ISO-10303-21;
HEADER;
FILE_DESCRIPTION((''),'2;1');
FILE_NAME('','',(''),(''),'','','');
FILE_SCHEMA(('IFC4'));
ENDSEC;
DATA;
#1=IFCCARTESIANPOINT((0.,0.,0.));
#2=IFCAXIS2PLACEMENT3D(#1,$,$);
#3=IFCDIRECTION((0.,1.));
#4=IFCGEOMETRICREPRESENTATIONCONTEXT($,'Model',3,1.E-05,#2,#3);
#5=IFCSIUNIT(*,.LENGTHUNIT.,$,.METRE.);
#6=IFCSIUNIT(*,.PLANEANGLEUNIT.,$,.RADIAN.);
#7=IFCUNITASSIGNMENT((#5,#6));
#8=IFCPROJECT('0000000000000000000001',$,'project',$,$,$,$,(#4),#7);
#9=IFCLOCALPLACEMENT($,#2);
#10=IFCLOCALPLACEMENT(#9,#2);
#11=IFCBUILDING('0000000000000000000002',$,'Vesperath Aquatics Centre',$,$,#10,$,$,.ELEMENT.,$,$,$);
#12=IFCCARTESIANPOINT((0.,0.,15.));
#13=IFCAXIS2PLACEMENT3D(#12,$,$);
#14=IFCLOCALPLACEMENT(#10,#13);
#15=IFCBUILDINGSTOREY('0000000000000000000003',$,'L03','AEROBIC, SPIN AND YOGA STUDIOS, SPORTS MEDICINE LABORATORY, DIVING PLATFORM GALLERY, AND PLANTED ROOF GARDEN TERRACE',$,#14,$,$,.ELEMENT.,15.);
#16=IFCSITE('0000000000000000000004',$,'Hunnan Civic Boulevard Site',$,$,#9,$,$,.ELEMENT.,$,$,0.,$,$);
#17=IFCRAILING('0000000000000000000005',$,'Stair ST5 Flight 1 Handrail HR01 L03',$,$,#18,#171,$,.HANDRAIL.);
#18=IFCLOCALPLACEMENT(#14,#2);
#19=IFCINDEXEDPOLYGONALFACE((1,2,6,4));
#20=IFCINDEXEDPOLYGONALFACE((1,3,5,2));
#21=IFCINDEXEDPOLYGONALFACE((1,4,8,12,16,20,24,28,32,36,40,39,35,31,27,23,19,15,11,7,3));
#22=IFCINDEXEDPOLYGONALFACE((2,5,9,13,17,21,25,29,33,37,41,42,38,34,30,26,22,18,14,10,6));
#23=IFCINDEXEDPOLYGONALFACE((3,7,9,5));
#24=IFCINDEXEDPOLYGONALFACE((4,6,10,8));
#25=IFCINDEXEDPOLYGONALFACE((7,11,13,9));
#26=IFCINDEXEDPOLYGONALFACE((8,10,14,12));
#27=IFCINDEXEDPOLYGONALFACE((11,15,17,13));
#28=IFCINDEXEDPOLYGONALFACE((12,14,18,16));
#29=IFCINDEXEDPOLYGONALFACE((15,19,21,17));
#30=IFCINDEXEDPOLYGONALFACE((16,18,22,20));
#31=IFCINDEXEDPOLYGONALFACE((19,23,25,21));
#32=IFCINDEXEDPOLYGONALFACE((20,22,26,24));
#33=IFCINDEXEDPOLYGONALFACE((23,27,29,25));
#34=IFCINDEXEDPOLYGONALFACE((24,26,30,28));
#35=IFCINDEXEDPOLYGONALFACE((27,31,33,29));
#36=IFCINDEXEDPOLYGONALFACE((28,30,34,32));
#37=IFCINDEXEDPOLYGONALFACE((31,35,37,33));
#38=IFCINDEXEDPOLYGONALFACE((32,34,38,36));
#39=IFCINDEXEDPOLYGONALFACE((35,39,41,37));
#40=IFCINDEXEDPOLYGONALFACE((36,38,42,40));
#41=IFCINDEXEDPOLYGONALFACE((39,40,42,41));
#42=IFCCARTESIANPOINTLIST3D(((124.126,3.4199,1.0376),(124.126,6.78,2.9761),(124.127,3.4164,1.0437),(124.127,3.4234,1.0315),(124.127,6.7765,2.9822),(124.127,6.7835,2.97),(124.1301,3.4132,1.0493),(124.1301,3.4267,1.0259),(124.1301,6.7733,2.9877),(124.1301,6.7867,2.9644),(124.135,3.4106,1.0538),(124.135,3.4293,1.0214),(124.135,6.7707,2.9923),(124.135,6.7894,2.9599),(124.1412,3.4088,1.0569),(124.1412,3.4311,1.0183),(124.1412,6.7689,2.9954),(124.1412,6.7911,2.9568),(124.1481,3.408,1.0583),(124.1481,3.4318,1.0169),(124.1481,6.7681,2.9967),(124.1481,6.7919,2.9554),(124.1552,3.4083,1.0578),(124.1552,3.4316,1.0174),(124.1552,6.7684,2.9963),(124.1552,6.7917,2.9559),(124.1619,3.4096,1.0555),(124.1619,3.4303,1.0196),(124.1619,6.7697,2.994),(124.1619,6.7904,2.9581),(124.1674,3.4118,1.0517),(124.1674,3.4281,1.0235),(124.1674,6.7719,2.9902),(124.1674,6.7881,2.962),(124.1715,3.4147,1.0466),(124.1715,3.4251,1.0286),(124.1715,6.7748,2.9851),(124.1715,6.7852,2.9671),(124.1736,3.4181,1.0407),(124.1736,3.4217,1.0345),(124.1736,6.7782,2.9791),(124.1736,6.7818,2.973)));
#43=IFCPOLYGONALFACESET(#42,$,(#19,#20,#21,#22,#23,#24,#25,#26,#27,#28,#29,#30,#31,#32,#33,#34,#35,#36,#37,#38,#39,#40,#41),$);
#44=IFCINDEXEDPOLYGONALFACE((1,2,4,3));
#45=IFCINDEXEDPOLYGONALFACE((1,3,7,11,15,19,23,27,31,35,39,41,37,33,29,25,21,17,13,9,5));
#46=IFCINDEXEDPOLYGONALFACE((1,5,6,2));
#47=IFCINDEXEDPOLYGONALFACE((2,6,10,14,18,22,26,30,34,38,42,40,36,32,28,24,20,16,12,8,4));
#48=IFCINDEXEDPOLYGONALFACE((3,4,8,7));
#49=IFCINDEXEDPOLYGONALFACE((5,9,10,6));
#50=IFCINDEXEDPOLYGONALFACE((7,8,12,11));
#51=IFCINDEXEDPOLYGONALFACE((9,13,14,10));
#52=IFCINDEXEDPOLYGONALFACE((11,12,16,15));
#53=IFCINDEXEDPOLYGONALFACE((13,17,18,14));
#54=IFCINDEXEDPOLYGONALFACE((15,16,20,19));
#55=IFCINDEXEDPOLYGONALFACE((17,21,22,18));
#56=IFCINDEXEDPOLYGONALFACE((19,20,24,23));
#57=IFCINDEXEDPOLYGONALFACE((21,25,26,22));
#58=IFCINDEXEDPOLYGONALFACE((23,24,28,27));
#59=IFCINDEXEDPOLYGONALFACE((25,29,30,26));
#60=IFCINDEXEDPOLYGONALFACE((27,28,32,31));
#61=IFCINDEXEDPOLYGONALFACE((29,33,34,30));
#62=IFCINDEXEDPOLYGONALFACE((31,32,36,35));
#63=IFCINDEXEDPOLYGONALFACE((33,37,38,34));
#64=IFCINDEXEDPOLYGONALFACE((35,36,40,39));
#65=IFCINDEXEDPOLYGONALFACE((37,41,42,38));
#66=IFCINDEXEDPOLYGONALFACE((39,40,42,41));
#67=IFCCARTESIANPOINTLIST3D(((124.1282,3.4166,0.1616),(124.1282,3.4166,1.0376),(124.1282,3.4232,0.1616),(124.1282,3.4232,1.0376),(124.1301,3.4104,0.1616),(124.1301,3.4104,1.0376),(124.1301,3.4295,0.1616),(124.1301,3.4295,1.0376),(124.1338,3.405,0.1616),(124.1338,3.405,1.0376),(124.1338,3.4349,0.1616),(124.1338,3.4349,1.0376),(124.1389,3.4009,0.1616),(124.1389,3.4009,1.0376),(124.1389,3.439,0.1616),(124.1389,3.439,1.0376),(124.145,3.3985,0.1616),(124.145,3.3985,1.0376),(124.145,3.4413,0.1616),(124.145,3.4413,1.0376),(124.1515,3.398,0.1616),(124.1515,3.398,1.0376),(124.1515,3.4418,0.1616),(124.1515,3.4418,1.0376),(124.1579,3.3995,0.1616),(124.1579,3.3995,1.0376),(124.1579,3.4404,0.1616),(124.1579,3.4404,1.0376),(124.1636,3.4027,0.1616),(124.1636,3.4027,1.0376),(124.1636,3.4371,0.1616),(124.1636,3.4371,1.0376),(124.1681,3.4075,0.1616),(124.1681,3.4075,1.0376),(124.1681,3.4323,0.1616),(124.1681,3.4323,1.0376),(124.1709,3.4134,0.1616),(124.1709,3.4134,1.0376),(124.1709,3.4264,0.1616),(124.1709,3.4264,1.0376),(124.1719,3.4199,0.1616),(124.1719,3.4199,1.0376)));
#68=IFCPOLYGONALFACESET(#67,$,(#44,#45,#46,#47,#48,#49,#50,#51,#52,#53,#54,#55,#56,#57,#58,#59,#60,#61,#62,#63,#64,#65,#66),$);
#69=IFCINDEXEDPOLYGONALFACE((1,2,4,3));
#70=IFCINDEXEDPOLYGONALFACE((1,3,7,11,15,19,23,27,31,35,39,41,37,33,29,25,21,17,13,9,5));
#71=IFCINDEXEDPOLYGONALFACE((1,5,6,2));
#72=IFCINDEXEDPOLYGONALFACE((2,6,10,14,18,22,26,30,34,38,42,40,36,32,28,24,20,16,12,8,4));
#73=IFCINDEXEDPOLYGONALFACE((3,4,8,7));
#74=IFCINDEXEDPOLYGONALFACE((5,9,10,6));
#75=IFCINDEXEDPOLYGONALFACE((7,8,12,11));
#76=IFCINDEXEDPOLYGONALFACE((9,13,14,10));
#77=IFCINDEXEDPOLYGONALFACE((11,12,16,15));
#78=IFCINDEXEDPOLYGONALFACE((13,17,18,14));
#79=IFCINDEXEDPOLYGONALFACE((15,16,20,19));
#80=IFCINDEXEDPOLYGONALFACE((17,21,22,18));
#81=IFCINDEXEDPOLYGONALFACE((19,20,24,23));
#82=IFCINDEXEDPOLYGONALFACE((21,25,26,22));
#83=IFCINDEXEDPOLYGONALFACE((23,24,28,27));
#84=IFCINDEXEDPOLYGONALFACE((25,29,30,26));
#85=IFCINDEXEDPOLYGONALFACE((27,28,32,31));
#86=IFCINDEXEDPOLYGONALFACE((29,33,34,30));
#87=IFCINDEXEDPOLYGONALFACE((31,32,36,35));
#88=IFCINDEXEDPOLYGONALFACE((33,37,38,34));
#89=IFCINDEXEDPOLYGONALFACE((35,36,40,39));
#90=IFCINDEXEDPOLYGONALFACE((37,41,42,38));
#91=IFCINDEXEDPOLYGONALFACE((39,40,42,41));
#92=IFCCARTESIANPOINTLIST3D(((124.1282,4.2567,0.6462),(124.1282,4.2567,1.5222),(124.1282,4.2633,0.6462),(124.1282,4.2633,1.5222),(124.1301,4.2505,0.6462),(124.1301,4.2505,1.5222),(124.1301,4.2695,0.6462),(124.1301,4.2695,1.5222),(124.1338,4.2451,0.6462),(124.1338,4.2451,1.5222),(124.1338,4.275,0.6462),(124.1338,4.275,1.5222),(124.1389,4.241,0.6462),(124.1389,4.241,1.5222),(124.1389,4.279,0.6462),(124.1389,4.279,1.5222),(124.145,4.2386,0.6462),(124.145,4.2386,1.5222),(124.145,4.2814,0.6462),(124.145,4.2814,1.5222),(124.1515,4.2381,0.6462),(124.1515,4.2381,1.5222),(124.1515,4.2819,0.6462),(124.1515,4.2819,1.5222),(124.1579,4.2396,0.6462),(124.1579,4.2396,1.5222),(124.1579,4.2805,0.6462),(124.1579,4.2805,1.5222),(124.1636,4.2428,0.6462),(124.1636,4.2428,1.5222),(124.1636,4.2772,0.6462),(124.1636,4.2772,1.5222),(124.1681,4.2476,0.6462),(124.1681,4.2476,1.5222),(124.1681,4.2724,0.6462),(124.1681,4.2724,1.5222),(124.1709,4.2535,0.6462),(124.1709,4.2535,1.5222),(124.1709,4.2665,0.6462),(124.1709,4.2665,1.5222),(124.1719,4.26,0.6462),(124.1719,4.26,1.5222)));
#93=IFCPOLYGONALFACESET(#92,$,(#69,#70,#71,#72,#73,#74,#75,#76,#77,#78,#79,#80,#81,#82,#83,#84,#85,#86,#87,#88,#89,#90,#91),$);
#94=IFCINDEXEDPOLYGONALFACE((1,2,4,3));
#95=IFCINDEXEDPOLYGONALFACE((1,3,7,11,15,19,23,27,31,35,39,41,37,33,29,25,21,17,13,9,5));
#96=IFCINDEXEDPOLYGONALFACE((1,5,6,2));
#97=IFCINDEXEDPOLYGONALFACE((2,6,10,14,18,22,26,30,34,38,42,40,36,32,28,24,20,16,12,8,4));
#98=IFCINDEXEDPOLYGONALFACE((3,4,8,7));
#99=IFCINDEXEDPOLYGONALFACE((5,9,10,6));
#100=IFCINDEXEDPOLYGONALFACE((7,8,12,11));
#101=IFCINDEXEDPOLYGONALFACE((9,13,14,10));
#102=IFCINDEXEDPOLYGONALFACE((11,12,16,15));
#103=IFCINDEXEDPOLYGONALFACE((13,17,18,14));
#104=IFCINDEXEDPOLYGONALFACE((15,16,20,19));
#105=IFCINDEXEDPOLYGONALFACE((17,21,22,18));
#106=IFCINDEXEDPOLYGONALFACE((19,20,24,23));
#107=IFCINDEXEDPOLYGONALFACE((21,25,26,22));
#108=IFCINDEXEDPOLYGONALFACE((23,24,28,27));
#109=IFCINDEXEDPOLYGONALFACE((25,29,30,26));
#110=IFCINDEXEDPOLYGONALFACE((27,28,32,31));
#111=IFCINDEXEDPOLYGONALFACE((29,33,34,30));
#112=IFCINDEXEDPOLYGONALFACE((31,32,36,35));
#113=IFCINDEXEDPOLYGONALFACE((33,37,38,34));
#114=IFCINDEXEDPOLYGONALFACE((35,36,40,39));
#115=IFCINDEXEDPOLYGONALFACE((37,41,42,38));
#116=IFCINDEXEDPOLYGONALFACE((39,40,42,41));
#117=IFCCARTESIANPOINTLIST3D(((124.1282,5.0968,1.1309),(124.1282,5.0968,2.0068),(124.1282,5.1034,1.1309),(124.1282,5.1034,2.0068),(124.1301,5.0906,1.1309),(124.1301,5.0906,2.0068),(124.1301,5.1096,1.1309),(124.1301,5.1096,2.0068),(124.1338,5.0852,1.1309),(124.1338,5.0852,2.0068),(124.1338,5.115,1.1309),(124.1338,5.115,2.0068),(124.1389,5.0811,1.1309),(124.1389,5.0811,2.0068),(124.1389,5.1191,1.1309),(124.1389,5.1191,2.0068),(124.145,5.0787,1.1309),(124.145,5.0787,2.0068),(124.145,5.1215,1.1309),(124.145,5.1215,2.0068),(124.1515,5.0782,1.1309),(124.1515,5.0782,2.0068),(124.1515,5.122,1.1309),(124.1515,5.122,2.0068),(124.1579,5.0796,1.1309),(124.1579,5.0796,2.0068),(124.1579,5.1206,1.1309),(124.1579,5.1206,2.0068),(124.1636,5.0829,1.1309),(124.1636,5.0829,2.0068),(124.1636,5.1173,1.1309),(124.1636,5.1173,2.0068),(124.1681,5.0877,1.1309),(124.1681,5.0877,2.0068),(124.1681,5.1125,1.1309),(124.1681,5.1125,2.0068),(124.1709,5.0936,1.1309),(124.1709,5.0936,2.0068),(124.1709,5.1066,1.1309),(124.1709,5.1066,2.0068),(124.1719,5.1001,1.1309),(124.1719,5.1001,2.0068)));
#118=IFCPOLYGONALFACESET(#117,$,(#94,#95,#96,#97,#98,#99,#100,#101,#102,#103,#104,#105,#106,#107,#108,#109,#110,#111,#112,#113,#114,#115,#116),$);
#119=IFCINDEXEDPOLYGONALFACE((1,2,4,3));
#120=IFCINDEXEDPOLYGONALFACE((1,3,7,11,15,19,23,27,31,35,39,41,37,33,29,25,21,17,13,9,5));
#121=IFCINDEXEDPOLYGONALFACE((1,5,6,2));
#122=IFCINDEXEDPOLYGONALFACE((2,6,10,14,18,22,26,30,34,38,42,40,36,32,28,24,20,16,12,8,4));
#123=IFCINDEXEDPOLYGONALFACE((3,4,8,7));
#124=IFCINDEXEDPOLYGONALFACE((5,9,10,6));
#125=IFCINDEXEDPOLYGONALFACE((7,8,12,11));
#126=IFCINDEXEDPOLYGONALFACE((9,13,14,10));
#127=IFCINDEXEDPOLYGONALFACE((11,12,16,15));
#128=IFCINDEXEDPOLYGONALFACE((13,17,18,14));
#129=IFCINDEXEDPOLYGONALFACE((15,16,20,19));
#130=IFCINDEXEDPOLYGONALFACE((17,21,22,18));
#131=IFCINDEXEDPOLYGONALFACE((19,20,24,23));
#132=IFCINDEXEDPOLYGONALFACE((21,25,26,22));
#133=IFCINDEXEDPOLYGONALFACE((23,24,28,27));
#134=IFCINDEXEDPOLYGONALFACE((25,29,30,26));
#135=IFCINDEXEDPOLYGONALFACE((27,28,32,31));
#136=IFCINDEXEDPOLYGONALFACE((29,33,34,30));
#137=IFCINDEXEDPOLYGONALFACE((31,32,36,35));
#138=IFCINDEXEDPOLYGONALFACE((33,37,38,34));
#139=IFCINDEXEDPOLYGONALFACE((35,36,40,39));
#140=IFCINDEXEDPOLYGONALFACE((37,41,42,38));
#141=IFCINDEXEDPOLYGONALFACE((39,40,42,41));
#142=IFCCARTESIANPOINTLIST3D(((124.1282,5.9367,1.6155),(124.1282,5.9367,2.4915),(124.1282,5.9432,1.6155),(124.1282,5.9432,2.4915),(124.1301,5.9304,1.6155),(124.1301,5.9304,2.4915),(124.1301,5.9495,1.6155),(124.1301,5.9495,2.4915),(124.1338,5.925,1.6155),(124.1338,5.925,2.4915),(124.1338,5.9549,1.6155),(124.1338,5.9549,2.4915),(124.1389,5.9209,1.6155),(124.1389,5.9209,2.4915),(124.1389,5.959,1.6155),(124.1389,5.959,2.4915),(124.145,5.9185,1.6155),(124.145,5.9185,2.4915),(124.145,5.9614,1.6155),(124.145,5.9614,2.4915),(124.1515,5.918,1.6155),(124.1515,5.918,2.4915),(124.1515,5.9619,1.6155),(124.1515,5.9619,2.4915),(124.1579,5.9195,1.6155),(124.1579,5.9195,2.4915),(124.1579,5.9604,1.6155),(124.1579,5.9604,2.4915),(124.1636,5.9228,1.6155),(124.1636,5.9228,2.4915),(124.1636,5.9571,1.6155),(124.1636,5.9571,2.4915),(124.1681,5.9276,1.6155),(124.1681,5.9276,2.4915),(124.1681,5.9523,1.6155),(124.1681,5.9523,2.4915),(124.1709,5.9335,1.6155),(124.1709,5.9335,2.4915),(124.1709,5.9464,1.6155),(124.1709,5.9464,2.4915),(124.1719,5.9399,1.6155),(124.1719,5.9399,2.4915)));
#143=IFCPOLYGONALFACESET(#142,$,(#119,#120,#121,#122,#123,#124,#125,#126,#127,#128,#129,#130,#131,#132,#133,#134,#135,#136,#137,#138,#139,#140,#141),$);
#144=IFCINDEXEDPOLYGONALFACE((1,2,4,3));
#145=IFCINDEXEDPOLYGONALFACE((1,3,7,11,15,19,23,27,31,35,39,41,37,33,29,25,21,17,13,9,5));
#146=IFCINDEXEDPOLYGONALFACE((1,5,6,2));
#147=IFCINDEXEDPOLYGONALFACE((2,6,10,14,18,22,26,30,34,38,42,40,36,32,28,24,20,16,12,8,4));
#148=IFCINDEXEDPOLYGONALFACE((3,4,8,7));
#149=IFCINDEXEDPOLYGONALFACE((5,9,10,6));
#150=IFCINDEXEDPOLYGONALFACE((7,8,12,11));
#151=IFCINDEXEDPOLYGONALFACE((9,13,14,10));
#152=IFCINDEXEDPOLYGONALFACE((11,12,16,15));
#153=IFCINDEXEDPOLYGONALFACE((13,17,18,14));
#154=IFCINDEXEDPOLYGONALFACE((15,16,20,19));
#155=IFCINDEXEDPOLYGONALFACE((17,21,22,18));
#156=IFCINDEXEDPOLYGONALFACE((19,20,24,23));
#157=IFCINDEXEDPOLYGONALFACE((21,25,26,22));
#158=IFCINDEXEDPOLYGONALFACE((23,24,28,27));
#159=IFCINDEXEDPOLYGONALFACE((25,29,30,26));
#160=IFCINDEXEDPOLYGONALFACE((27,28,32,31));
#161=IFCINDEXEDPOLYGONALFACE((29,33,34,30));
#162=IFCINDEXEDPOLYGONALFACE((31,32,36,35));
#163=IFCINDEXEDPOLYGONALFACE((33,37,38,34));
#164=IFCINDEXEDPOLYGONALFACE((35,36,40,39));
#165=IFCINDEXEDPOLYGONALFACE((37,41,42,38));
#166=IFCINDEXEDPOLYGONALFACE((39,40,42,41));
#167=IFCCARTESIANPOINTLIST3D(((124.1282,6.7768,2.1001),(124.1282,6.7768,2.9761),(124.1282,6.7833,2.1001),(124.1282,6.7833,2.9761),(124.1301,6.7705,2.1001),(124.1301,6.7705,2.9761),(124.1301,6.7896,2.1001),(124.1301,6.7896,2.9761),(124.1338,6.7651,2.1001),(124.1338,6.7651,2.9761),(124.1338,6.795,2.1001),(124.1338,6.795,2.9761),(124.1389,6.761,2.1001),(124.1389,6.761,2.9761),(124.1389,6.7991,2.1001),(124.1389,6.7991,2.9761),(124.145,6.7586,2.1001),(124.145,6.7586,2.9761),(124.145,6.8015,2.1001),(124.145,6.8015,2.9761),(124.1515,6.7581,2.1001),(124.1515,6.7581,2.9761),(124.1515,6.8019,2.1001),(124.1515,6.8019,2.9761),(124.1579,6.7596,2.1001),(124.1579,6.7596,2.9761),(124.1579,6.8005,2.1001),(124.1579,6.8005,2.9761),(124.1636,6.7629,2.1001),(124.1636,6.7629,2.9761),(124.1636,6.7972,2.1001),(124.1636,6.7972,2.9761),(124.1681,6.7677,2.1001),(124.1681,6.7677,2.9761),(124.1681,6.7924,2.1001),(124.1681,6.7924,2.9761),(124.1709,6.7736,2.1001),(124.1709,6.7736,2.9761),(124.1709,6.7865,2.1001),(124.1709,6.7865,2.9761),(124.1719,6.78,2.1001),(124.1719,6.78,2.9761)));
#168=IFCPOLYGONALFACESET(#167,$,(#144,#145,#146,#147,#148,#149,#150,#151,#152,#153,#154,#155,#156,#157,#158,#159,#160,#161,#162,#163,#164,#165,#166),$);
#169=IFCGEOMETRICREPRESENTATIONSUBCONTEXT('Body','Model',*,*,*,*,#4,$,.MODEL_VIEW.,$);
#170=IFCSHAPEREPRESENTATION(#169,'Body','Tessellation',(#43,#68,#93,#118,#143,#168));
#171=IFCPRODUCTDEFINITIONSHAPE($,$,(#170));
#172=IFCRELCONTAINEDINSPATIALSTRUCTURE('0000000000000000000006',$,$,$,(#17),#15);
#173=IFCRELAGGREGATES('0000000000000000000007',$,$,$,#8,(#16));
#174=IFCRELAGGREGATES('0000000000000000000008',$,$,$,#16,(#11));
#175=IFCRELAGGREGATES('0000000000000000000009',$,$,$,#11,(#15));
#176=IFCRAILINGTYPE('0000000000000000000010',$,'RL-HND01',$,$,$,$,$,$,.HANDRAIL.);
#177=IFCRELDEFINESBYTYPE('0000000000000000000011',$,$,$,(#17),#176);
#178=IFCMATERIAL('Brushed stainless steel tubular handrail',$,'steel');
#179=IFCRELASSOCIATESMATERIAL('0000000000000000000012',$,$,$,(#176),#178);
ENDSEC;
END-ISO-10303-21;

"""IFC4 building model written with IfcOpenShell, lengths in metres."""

from ifc_helpers import new_model, si_unit, direction, frame, origin, origin_2d, place, context, subcontext, project, spatial, circle, extrude, material, type_object, element, save


model = new_model("IFC4")

# Units and contexts
model_context = context("Model", 3, precision=1e-05, world=origin(), true_north=direction((0.0, 1.0)))
body_context = subcontext(model_context, "Body", "Model", "MODEL_VIEW")
ifc_project = project(units=[si_unit("LENGTHUNIT", "METRE"), si_unit("PLANEANGLEUNIT", "RADIAN")], contexts=[model_context])

# Site, building, storey
site_placement = place(None, origin())
site = spatial("IfcSite", under=ifc_project, at=site_placement, Name="Hunnan Civic Boulevard Site", CompositionType="ELEMENT", RefElevation=0.0)
building_placement = place(site_placement, origin())
building = spatial("IfcBuilding", under=site, at=building_placement, Name="Vesperath Aquatics Centre", CompositionType="ELEMENT")
storey_placement = place(building_placement, frame((0.0, 0.0, 15.0)))
storey = spatial("IfcBuildingStorey", under=building, at=storey_placement, Name="L03", Description="AEROBIC, SPIN AND YOGA STUDIOS, SPORTS MEDICINE LABORATORY, DIVING PLATFORM GALLERY, AND PLANTED ROOF GARDEN TERRACE", CompositionType="ELEMENT", Elevation=15.0)

# Railing
ifc_material_1 = material(Name="Brushed stainless steel tubular handrail", Category="steel")
railing_type_1 = type_object("IfcRailingType", Name="RL-HND01", PredefinedType="HANDRAIL", material=ifc_material_1)
railing_1_placement = place(storey_placement, frame((124.1499, 3.4199, 0.1616)))
element("IfcRailing", 1, at=railing_1_placement, inside=storey, type_object=railing_type_1, Name="Stair ST5 Flight 1 Handrail HR01 L03", PredefinedType="HANDRAIL", context=body_context, shape_type="SweptSolid", body=[
    extrude(circle(Radius=0.0239, at=origin_2d()), frame((0.0, 0.0, 0.876), z_axis=(0.0, 0.866191, 0.499713), x_axis=(-1.0, 0.0, 0.0)), (0.0, 0.0, 1.0), 3.8792),
    extrude(circle(Radius=0.022, at=origin_2d()), origin(), (0.0, 0.0, 1.0), 0.876),
    extrude(circle(Radius=0.022, at=origin_2d()), frame((0.0, 0.8401, 0.4846)), (0.0, 0.0, 1.0), 0.876),
    extrude(circle(Radius=0.022, at=origin_2d()), frame((0.0, 1.6802, 0.9692)), (0.0, 0.0, 1.0), 0.876),
    extrude(circle(Radius=0.022, at=origin_2d()), frame((0.0, 2.52, 1.4539)), (0.0, 0.0, 1.0), 0.876),
    extrude(circle(Radius=0.022, at=origin_2d()), frame((0.0, 3.3601, 1.9385)), (0.0, 0.0, 1.0), 0.876),
])

save(model, "model.ifc")
